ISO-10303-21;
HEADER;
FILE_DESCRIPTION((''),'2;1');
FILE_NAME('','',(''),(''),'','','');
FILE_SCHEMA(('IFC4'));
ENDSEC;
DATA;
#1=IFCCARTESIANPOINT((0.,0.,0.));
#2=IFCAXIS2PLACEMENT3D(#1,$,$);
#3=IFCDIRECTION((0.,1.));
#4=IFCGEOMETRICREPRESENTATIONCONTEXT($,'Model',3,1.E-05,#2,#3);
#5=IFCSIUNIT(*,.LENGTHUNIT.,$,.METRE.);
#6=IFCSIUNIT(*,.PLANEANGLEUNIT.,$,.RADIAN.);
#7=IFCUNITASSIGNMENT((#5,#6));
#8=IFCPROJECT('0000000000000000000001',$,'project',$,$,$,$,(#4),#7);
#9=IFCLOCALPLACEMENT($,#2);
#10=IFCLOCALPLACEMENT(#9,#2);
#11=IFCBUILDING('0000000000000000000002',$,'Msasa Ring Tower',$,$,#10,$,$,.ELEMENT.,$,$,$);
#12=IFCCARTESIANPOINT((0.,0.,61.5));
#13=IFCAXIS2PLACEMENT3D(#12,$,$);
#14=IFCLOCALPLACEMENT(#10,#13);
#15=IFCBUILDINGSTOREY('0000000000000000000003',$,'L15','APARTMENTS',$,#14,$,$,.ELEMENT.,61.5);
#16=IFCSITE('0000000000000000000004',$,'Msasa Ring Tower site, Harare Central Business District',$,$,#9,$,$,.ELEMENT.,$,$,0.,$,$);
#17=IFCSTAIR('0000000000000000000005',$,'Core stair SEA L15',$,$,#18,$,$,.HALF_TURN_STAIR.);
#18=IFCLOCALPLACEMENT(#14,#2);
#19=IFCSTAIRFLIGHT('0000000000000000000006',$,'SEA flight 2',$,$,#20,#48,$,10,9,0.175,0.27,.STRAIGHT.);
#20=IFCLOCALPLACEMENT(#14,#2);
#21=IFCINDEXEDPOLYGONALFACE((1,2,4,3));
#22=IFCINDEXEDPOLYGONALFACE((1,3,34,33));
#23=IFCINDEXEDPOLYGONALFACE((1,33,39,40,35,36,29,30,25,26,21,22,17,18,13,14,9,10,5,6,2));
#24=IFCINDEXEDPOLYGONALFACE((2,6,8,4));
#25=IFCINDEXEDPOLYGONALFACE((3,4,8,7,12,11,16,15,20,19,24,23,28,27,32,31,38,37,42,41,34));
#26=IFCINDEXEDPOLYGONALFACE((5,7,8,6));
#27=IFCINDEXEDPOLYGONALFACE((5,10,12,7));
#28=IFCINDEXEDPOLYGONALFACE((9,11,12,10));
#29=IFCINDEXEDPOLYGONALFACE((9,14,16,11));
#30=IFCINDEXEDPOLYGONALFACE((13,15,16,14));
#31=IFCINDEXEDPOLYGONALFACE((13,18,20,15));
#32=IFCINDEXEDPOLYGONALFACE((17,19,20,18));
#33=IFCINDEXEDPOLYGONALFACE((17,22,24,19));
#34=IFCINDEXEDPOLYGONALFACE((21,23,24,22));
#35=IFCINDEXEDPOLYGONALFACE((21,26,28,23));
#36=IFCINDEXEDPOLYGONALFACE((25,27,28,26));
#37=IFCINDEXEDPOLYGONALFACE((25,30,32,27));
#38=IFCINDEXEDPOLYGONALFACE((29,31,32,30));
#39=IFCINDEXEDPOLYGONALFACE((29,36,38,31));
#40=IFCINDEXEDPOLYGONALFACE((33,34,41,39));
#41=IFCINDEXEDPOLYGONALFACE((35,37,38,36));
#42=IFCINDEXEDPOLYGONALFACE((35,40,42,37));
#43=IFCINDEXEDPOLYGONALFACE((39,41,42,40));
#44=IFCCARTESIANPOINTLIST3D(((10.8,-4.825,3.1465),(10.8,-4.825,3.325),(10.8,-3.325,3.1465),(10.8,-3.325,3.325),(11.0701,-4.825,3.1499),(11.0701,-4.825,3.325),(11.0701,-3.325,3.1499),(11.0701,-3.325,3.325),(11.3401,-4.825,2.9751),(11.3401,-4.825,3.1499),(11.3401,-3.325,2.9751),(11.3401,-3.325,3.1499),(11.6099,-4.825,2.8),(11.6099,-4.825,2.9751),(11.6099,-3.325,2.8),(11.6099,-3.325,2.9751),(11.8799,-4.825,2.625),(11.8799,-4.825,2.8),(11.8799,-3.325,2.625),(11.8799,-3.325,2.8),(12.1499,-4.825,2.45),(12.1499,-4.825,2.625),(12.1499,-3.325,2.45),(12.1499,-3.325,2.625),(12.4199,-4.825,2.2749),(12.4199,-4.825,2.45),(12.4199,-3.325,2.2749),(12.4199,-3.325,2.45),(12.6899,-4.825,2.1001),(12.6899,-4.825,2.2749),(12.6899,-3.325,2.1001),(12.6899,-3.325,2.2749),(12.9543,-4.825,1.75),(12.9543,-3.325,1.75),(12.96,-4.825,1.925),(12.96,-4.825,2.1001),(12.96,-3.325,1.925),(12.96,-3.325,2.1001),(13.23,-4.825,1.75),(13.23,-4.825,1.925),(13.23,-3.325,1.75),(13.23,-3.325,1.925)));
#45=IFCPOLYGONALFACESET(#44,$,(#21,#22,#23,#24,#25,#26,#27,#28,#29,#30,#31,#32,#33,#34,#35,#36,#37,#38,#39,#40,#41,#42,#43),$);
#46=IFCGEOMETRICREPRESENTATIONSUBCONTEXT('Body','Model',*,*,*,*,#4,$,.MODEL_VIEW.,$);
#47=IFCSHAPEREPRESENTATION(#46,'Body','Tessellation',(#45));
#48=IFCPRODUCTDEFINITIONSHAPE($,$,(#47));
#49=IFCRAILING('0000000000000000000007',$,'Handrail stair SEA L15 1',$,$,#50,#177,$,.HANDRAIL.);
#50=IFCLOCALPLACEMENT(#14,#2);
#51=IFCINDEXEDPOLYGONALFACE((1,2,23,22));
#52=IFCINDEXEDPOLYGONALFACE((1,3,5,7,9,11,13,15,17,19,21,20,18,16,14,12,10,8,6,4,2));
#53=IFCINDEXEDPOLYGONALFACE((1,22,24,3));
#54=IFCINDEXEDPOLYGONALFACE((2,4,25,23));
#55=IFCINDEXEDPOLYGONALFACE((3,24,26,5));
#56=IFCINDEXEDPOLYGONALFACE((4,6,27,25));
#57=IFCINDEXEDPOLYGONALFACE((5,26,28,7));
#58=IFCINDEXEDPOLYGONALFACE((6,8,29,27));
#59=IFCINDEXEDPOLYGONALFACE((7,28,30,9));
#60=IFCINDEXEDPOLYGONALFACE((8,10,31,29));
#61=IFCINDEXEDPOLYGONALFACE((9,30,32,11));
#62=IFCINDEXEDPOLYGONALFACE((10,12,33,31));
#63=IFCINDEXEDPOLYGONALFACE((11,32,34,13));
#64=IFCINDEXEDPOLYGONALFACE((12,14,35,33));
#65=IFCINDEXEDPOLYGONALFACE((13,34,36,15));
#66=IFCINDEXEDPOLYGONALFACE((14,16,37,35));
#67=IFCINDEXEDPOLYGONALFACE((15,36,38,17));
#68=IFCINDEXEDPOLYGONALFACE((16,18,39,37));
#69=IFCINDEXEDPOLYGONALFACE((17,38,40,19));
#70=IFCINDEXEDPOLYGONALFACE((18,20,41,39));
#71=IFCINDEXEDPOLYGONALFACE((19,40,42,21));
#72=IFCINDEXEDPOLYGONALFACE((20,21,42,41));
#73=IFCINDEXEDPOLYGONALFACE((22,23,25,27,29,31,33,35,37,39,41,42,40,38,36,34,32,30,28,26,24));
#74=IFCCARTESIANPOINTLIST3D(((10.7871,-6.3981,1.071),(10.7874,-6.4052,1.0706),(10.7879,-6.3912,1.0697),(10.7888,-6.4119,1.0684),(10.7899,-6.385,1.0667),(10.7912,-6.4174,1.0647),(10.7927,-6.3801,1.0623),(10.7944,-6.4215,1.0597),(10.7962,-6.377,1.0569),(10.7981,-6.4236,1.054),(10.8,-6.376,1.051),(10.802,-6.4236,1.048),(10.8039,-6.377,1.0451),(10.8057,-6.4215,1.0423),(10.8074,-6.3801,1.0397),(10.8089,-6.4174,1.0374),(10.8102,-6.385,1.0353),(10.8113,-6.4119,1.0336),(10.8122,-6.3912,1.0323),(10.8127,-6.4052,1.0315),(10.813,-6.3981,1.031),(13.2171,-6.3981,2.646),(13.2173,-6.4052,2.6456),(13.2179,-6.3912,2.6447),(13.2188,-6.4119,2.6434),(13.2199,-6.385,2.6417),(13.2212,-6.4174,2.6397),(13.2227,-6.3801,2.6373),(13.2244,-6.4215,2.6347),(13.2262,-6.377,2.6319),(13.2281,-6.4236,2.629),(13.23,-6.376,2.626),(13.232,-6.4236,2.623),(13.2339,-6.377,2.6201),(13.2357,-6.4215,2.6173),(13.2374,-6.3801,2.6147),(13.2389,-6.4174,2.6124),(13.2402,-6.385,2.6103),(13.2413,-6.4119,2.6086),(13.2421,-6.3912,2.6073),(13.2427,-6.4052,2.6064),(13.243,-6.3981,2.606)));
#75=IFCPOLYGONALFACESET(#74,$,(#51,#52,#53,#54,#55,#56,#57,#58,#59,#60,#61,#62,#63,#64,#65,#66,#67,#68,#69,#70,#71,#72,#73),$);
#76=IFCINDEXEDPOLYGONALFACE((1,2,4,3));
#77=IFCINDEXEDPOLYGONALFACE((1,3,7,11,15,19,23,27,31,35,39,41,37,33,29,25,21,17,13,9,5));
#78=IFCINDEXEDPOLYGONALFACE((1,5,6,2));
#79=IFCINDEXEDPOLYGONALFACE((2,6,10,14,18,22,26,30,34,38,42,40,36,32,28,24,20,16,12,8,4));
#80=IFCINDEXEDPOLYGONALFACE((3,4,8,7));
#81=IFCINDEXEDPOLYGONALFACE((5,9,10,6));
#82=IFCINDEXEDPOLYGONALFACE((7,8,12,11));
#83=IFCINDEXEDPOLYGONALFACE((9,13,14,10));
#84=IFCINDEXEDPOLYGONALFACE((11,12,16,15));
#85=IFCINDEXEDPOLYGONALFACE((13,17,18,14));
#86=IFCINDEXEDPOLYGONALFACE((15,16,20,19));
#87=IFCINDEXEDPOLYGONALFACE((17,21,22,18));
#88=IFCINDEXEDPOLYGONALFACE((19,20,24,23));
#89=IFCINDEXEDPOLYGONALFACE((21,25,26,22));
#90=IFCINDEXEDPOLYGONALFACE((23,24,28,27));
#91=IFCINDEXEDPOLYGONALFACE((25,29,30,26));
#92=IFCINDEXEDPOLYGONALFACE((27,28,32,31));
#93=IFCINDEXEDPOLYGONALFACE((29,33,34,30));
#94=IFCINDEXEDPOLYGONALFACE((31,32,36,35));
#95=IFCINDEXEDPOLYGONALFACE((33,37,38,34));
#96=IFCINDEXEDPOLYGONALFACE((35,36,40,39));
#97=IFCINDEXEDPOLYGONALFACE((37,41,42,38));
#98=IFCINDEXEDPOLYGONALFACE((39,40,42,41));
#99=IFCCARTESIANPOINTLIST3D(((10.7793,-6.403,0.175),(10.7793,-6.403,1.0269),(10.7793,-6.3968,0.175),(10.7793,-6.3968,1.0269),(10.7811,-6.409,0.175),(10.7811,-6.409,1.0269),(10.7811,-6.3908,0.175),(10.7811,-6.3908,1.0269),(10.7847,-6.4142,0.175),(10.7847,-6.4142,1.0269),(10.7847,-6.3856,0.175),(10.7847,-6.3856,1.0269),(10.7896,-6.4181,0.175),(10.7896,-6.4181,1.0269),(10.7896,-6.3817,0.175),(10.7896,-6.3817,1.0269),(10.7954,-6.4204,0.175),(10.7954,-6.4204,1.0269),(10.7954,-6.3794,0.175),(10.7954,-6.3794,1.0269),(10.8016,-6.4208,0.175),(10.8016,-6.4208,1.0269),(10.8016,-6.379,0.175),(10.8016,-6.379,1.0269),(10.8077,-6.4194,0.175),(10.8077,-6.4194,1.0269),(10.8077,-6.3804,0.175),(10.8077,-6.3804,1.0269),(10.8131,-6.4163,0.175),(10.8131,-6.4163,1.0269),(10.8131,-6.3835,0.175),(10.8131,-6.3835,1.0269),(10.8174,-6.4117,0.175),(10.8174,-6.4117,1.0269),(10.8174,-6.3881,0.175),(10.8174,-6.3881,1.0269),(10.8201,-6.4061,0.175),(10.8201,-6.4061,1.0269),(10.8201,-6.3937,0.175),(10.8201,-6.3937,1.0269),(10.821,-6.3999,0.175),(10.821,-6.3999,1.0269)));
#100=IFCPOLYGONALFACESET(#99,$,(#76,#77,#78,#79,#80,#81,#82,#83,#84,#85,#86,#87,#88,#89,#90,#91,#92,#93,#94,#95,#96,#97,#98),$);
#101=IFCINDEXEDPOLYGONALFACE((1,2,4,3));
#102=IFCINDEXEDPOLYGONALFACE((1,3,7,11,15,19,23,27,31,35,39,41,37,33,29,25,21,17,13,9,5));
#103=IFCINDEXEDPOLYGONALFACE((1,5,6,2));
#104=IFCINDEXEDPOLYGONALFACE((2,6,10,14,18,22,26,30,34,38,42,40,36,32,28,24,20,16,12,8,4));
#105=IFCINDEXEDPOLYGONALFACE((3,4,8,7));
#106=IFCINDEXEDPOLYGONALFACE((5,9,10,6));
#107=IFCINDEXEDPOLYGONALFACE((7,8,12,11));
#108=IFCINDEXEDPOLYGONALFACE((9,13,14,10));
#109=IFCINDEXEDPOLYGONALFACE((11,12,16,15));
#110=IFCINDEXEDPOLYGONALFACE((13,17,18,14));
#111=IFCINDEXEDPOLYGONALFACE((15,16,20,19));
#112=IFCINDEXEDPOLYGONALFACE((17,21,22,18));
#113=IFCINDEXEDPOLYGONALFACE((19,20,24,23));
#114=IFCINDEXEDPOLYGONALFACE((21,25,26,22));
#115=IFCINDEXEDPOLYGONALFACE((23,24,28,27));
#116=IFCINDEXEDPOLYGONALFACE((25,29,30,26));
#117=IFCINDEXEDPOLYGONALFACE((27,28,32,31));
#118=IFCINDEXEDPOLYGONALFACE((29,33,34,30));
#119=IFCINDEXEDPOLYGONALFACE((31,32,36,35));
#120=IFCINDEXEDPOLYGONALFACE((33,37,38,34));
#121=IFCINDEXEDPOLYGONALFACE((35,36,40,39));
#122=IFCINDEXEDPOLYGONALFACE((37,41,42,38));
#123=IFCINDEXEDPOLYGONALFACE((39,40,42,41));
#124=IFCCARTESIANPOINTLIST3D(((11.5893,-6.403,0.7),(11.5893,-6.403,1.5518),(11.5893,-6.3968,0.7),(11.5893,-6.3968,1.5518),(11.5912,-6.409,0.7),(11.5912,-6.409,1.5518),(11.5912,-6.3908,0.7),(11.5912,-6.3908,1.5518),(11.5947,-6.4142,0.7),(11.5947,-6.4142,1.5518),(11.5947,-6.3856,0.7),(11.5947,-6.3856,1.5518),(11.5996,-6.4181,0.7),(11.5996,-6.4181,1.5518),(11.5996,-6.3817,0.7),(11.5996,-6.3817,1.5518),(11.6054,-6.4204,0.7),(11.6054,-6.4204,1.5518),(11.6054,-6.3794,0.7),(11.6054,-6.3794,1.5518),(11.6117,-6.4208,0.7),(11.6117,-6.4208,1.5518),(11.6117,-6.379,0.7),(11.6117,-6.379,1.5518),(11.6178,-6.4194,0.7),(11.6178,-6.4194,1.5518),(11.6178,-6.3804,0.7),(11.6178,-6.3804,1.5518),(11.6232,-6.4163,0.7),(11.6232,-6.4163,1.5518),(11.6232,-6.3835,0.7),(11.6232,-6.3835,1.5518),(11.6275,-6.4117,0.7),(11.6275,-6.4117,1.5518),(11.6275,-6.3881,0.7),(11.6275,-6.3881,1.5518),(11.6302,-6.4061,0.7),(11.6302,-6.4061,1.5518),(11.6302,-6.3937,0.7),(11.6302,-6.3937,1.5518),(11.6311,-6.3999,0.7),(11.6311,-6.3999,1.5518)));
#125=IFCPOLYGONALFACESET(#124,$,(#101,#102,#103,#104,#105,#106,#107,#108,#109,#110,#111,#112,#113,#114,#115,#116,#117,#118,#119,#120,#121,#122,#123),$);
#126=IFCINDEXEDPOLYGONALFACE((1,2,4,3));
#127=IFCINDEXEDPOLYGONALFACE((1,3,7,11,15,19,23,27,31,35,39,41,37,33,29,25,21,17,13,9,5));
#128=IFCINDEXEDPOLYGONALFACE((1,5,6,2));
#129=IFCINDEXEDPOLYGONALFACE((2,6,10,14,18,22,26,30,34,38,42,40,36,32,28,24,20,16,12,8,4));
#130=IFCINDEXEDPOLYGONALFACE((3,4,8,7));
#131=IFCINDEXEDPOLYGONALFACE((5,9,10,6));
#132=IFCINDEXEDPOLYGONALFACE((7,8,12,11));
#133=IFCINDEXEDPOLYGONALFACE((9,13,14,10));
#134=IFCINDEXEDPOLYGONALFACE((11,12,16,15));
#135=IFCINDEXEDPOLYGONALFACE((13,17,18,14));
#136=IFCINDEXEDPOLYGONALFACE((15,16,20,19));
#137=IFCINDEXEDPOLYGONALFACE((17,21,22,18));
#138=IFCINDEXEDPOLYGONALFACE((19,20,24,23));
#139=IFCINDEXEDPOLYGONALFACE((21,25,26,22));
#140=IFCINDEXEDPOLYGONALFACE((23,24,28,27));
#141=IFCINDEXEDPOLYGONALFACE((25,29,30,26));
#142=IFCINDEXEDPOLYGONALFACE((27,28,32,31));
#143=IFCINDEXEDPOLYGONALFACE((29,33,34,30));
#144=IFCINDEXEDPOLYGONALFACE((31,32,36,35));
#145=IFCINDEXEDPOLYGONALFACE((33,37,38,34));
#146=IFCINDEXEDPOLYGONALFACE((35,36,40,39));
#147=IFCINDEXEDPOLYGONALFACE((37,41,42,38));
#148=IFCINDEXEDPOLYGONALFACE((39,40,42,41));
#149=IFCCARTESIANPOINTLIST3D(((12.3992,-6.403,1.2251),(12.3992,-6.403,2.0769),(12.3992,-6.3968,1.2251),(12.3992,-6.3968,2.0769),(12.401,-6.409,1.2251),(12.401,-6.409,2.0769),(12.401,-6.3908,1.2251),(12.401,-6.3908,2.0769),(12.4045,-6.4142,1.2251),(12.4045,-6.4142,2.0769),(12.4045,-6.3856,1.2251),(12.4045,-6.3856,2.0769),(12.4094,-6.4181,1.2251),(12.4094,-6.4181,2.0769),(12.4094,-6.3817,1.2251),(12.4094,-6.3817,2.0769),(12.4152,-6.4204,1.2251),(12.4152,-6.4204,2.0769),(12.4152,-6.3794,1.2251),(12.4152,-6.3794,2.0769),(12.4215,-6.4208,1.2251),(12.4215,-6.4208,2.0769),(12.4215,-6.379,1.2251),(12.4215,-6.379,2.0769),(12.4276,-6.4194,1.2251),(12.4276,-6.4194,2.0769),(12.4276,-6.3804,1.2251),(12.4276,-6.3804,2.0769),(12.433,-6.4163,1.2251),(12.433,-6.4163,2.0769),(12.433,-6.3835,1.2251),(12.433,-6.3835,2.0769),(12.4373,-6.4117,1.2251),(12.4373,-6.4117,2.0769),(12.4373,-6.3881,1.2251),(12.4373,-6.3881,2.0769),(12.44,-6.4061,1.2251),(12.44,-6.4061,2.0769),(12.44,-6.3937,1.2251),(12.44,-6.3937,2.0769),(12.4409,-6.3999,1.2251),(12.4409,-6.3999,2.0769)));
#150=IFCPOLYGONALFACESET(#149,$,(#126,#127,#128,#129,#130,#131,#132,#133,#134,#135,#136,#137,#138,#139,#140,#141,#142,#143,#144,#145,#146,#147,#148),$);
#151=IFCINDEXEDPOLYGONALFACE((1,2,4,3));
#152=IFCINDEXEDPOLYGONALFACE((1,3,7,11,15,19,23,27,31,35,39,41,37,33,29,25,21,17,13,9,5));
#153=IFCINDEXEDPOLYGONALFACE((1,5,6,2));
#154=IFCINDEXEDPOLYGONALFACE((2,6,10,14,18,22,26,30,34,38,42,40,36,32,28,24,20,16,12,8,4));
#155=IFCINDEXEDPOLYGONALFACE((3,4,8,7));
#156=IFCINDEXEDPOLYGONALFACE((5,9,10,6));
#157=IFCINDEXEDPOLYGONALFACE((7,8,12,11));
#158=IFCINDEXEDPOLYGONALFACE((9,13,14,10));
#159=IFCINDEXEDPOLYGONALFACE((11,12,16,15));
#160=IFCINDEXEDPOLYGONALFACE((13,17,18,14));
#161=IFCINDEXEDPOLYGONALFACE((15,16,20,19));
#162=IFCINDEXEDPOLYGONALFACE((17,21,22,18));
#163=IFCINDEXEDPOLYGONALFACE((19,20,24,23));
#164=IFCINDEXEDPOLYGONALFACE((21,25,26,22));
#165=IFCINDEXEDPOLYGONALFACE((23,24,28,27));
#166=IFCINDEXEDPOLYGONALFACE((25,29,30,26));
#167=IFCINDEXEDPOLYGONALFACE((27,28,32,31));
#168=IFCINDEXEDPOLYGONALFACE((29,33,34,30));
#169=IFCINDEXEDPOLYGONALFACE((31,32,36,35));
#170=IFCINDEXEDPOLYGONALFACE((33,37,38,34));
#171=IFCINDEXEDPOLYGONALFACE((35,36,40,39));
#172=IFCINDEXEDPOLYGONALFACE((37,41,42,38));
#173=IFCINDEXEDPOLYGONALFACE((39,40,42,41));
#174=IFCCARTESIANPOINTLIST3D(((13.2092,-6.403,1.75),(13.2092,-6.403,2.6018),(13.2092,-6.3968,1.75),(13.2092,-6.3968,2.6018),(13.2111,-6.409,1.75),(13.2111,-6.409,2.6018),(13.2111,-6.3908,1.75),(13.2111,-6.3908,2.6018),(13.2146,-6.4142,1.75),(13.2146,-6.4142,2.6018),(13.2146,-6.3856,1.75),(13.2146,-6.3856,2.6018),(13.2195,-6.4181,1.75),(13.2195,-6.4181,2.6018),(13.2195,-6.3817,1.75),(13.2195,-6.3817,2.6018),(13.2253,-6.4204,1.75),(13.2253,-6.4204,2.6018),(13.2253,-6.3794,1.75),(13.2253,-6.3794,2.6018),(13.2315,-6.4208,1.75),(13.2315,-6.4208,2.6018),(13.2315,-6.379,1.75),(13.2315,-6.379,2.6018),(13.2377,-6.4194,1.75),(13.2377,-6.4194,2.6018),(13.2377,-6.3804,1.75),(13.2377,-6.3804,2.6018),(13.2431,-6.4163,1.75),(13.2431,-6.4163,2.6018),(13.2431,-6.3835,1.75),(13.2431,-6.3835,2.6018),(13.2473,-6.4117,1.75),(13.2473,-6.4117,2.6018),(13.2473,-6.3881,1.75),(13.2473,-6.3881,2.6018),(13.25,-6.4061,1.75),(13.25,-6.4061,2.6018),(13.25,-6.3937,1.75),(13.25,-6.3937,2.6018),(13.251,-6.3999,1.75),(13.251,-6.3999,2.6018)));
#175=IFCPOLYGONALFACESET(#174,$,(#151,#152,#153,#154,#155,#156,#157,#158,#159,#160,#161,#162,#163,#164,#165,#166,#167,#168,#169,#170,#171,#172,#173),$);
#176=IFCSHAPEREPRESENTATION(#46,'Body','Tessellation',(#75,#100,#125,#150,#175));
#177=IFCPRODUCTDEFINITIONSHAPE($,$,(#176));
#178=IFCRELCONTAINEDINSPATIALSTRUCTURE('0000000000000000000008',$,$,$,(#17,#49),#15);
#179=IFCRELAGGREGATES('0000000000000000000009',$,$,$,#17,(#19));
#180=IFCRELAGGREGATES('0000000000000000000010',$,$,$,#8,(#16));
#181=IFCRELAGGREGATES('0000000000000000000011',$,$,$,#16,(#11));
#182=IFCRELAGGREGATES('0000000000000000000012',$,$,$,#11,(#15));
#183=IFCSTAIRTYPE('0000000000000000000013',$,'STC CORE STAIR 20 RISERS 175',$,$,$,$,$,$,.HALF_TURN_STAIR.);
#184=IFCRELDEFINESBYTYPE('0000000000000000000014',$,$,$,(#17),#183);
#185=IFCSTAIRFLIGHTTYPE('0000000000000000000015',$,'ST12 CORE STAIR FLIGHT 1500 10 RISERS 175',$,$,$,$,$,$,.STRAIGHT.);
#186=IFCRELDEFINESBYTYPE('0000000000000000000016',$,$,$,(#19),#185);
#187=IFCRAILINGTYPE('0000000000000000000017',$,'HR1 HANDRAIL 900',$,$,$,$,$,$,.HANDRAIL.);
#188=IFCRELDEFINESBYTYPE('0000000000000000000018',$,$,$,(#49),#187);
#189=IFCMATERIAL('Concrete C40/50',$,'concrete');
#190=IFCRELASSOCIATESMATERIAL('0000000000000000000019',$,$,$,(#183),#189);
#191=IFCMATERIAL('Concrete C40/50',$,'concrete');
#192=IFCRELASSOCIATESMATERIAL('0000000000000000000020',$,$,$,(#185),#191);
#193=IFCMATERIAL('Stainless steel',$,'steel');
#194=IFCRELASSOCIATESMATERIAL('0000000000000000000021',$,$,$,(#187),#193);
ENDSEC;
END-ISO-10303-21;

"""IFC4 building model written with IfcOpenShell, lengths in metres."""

from ifc_helpers import new_model, si_unit, direction, frame, origin, origin_2d, place, context, subcontext, project, spatial, polyline, circle, outline, extrude, material, type_object, element, aggregate, save


model = new_model("IFC4")

# Units and contexts
model_context = context("Model", 3, precision=1e-05, world=origin(), true_north=direction((0.0, 1.0)))
body_context = subcontext(model_context, "Body", "Model", "MODEL_VIEW")
ifc_project = project(units=[si_unit("LENGTHUNIT", "METRE"), si_unit("PLANEANGLEUNIT", "RADIAN")], contexts=[model_context])

# Site, building, storey
site_placement = place(None, origin())
site = spatial("IfcSite", under=ifc_project, at=site_placement, Name="Msasa Ring Tower site, Harare Central Business District", CompositionType="ELEMENT", RefElevation=0.0)
building_placement = place(site_placement, origin())
building = spatial("IfcBuilding", under=site, at=building_placement, Name="Msasa Ring Tower", CompositionType="ELEMENT")
storey_placement = place(building_placement, frame((0.0, 0.0, 61.5)))
storey = spatial("IfcBuildingStorey", under=building, at=storey_placement, Name="L15", Description="APARTMENTS", CompositionType="ELEMENT", Elevation=61.5)

# Stair, stair flight
ifc_material_1 = material(Name="Concrete C40/50", Category="concrete")
stair_type = type_object("IfcStairType", Name="STC CORE STAIR 20 RISERS 175", PredefinedType="HALF_TURN_STAIR", material=ifc_material_1)
stair_placement = place(storey_placement, origin())
stair = element("IfcStair", 1, at=stair_placement, inside=storey, type_object=stair_type, Name="Core stair SEA L15", PredefinedType="HALF_TURN_STAIR")
ifc_material_2 = material(Name="Concrete C40/50", Category="concrete")
stair_flight_type = type_object("IfcStairFlightType", Name="ST12 CORE STAIR FLIGHT 1500 10 RISERS 175", PredefinedType="STRAIGHT", material=ifc_material_2)
stair_flight_1_placement = place(storey_placement, frame((13.23, -4.075, 1.75), z_axis=(0.0, 0.0, 1.0), x_axis=(-1.0, 0.0, 0.0)))
stair_flight_1 = element("IfcStairFlight", 2, at=stair_flight_1_placement, type_object=stair_flight_type, Name="SEA flight 2", NumberOfRisers=10, NumberOfTreads=9, PredefinedType="STRAIGHT", RiserHeight=0.175, TreadLength=0.27, context=body_context, shape_type="SweptSolid", body=[
    extrude(outline(polyline([(0.0, 0.0), (0.0, 0.175), (0.27, 0.175), (0.27, 0.3501), (0.54, 0.3501), (0.54, 0.5249), (0.8101, 0.5249), (0.8101, 0.7), (1.0801, 0.7), (1.0801, 0.875), (1.3501, 0.875), (1.3501, 1.05), (1.6201, 1.05), (1.6201, 1.2251), (1.8899, 1.2251), (1.8899, 1.3999), (2.1599, 1.3999), (2.1599, 1.575), (2.4299, 1.575), (2.4299, 1.75), (2.4299, 1.3965), (0.2756, 0.0), (0.0, 0.0)])), frame((0.0, 0.75, 0.0), z_axis=(0.0, -1.0, 0.0), x_axis=(1.0, 0.0, 0.0)), (0.0, 0.0, 1.0), 1.5),
])
aggregate(stair, [stair_flight_1])

# Railing
ifc_material_3 = material(Name="Stainless steel", Category="steel")
railing_type = type_object("IfcRailingType", Name="HR1 HANDRAIL 900", PredefinedType="HANDRAIL", material=ifc_material_3)
for number, where, name in (
    (3, (10.8, -6.3999, 0.175), "Handrail stair SEA L15 1"),
):
    element("IfcRailing", number, at=place(storey_placement, frame(where)), inside=storey, type_object=railing_type, Name=name, PredefinedType="HANDRAIL", context=body_context, shape_type="SweptSolid", body=[
        extrude(circle(Radius=0.0239, at=origin_2d()), frame((0.0, 0.0, 0.876), z_axis=(0.839154, 0.0, 0.543894), x_axis=(0.0, 1.0, 0.0)), (0.0, 0.0, 1.0), 2.8958),
        extrude(circle(Radius=0.021, at=origin_2d()), origin(), (0.0, 0.0, 1.0), 0.8518),
        extrude(circle(Radius=0.021, at=origin_2d()), frame((0.8101, 0.0, 0.5249)), (0.0, 0.0, 1.0), 0.8518),
        extrude(circle(Radius=0.021, at=origin_2d()), frame((1.6199, 0.0, 1.05)), (0.0, 0.0, 1.0), 0.8518),
        extrude(circle(Radius=0.021, at=origin_2d()), frame((2.4299, 0.0, 1.575)), (0.0, 0.0, 1.0), 0.8518),
    ])

save(model, "model.ifc")
